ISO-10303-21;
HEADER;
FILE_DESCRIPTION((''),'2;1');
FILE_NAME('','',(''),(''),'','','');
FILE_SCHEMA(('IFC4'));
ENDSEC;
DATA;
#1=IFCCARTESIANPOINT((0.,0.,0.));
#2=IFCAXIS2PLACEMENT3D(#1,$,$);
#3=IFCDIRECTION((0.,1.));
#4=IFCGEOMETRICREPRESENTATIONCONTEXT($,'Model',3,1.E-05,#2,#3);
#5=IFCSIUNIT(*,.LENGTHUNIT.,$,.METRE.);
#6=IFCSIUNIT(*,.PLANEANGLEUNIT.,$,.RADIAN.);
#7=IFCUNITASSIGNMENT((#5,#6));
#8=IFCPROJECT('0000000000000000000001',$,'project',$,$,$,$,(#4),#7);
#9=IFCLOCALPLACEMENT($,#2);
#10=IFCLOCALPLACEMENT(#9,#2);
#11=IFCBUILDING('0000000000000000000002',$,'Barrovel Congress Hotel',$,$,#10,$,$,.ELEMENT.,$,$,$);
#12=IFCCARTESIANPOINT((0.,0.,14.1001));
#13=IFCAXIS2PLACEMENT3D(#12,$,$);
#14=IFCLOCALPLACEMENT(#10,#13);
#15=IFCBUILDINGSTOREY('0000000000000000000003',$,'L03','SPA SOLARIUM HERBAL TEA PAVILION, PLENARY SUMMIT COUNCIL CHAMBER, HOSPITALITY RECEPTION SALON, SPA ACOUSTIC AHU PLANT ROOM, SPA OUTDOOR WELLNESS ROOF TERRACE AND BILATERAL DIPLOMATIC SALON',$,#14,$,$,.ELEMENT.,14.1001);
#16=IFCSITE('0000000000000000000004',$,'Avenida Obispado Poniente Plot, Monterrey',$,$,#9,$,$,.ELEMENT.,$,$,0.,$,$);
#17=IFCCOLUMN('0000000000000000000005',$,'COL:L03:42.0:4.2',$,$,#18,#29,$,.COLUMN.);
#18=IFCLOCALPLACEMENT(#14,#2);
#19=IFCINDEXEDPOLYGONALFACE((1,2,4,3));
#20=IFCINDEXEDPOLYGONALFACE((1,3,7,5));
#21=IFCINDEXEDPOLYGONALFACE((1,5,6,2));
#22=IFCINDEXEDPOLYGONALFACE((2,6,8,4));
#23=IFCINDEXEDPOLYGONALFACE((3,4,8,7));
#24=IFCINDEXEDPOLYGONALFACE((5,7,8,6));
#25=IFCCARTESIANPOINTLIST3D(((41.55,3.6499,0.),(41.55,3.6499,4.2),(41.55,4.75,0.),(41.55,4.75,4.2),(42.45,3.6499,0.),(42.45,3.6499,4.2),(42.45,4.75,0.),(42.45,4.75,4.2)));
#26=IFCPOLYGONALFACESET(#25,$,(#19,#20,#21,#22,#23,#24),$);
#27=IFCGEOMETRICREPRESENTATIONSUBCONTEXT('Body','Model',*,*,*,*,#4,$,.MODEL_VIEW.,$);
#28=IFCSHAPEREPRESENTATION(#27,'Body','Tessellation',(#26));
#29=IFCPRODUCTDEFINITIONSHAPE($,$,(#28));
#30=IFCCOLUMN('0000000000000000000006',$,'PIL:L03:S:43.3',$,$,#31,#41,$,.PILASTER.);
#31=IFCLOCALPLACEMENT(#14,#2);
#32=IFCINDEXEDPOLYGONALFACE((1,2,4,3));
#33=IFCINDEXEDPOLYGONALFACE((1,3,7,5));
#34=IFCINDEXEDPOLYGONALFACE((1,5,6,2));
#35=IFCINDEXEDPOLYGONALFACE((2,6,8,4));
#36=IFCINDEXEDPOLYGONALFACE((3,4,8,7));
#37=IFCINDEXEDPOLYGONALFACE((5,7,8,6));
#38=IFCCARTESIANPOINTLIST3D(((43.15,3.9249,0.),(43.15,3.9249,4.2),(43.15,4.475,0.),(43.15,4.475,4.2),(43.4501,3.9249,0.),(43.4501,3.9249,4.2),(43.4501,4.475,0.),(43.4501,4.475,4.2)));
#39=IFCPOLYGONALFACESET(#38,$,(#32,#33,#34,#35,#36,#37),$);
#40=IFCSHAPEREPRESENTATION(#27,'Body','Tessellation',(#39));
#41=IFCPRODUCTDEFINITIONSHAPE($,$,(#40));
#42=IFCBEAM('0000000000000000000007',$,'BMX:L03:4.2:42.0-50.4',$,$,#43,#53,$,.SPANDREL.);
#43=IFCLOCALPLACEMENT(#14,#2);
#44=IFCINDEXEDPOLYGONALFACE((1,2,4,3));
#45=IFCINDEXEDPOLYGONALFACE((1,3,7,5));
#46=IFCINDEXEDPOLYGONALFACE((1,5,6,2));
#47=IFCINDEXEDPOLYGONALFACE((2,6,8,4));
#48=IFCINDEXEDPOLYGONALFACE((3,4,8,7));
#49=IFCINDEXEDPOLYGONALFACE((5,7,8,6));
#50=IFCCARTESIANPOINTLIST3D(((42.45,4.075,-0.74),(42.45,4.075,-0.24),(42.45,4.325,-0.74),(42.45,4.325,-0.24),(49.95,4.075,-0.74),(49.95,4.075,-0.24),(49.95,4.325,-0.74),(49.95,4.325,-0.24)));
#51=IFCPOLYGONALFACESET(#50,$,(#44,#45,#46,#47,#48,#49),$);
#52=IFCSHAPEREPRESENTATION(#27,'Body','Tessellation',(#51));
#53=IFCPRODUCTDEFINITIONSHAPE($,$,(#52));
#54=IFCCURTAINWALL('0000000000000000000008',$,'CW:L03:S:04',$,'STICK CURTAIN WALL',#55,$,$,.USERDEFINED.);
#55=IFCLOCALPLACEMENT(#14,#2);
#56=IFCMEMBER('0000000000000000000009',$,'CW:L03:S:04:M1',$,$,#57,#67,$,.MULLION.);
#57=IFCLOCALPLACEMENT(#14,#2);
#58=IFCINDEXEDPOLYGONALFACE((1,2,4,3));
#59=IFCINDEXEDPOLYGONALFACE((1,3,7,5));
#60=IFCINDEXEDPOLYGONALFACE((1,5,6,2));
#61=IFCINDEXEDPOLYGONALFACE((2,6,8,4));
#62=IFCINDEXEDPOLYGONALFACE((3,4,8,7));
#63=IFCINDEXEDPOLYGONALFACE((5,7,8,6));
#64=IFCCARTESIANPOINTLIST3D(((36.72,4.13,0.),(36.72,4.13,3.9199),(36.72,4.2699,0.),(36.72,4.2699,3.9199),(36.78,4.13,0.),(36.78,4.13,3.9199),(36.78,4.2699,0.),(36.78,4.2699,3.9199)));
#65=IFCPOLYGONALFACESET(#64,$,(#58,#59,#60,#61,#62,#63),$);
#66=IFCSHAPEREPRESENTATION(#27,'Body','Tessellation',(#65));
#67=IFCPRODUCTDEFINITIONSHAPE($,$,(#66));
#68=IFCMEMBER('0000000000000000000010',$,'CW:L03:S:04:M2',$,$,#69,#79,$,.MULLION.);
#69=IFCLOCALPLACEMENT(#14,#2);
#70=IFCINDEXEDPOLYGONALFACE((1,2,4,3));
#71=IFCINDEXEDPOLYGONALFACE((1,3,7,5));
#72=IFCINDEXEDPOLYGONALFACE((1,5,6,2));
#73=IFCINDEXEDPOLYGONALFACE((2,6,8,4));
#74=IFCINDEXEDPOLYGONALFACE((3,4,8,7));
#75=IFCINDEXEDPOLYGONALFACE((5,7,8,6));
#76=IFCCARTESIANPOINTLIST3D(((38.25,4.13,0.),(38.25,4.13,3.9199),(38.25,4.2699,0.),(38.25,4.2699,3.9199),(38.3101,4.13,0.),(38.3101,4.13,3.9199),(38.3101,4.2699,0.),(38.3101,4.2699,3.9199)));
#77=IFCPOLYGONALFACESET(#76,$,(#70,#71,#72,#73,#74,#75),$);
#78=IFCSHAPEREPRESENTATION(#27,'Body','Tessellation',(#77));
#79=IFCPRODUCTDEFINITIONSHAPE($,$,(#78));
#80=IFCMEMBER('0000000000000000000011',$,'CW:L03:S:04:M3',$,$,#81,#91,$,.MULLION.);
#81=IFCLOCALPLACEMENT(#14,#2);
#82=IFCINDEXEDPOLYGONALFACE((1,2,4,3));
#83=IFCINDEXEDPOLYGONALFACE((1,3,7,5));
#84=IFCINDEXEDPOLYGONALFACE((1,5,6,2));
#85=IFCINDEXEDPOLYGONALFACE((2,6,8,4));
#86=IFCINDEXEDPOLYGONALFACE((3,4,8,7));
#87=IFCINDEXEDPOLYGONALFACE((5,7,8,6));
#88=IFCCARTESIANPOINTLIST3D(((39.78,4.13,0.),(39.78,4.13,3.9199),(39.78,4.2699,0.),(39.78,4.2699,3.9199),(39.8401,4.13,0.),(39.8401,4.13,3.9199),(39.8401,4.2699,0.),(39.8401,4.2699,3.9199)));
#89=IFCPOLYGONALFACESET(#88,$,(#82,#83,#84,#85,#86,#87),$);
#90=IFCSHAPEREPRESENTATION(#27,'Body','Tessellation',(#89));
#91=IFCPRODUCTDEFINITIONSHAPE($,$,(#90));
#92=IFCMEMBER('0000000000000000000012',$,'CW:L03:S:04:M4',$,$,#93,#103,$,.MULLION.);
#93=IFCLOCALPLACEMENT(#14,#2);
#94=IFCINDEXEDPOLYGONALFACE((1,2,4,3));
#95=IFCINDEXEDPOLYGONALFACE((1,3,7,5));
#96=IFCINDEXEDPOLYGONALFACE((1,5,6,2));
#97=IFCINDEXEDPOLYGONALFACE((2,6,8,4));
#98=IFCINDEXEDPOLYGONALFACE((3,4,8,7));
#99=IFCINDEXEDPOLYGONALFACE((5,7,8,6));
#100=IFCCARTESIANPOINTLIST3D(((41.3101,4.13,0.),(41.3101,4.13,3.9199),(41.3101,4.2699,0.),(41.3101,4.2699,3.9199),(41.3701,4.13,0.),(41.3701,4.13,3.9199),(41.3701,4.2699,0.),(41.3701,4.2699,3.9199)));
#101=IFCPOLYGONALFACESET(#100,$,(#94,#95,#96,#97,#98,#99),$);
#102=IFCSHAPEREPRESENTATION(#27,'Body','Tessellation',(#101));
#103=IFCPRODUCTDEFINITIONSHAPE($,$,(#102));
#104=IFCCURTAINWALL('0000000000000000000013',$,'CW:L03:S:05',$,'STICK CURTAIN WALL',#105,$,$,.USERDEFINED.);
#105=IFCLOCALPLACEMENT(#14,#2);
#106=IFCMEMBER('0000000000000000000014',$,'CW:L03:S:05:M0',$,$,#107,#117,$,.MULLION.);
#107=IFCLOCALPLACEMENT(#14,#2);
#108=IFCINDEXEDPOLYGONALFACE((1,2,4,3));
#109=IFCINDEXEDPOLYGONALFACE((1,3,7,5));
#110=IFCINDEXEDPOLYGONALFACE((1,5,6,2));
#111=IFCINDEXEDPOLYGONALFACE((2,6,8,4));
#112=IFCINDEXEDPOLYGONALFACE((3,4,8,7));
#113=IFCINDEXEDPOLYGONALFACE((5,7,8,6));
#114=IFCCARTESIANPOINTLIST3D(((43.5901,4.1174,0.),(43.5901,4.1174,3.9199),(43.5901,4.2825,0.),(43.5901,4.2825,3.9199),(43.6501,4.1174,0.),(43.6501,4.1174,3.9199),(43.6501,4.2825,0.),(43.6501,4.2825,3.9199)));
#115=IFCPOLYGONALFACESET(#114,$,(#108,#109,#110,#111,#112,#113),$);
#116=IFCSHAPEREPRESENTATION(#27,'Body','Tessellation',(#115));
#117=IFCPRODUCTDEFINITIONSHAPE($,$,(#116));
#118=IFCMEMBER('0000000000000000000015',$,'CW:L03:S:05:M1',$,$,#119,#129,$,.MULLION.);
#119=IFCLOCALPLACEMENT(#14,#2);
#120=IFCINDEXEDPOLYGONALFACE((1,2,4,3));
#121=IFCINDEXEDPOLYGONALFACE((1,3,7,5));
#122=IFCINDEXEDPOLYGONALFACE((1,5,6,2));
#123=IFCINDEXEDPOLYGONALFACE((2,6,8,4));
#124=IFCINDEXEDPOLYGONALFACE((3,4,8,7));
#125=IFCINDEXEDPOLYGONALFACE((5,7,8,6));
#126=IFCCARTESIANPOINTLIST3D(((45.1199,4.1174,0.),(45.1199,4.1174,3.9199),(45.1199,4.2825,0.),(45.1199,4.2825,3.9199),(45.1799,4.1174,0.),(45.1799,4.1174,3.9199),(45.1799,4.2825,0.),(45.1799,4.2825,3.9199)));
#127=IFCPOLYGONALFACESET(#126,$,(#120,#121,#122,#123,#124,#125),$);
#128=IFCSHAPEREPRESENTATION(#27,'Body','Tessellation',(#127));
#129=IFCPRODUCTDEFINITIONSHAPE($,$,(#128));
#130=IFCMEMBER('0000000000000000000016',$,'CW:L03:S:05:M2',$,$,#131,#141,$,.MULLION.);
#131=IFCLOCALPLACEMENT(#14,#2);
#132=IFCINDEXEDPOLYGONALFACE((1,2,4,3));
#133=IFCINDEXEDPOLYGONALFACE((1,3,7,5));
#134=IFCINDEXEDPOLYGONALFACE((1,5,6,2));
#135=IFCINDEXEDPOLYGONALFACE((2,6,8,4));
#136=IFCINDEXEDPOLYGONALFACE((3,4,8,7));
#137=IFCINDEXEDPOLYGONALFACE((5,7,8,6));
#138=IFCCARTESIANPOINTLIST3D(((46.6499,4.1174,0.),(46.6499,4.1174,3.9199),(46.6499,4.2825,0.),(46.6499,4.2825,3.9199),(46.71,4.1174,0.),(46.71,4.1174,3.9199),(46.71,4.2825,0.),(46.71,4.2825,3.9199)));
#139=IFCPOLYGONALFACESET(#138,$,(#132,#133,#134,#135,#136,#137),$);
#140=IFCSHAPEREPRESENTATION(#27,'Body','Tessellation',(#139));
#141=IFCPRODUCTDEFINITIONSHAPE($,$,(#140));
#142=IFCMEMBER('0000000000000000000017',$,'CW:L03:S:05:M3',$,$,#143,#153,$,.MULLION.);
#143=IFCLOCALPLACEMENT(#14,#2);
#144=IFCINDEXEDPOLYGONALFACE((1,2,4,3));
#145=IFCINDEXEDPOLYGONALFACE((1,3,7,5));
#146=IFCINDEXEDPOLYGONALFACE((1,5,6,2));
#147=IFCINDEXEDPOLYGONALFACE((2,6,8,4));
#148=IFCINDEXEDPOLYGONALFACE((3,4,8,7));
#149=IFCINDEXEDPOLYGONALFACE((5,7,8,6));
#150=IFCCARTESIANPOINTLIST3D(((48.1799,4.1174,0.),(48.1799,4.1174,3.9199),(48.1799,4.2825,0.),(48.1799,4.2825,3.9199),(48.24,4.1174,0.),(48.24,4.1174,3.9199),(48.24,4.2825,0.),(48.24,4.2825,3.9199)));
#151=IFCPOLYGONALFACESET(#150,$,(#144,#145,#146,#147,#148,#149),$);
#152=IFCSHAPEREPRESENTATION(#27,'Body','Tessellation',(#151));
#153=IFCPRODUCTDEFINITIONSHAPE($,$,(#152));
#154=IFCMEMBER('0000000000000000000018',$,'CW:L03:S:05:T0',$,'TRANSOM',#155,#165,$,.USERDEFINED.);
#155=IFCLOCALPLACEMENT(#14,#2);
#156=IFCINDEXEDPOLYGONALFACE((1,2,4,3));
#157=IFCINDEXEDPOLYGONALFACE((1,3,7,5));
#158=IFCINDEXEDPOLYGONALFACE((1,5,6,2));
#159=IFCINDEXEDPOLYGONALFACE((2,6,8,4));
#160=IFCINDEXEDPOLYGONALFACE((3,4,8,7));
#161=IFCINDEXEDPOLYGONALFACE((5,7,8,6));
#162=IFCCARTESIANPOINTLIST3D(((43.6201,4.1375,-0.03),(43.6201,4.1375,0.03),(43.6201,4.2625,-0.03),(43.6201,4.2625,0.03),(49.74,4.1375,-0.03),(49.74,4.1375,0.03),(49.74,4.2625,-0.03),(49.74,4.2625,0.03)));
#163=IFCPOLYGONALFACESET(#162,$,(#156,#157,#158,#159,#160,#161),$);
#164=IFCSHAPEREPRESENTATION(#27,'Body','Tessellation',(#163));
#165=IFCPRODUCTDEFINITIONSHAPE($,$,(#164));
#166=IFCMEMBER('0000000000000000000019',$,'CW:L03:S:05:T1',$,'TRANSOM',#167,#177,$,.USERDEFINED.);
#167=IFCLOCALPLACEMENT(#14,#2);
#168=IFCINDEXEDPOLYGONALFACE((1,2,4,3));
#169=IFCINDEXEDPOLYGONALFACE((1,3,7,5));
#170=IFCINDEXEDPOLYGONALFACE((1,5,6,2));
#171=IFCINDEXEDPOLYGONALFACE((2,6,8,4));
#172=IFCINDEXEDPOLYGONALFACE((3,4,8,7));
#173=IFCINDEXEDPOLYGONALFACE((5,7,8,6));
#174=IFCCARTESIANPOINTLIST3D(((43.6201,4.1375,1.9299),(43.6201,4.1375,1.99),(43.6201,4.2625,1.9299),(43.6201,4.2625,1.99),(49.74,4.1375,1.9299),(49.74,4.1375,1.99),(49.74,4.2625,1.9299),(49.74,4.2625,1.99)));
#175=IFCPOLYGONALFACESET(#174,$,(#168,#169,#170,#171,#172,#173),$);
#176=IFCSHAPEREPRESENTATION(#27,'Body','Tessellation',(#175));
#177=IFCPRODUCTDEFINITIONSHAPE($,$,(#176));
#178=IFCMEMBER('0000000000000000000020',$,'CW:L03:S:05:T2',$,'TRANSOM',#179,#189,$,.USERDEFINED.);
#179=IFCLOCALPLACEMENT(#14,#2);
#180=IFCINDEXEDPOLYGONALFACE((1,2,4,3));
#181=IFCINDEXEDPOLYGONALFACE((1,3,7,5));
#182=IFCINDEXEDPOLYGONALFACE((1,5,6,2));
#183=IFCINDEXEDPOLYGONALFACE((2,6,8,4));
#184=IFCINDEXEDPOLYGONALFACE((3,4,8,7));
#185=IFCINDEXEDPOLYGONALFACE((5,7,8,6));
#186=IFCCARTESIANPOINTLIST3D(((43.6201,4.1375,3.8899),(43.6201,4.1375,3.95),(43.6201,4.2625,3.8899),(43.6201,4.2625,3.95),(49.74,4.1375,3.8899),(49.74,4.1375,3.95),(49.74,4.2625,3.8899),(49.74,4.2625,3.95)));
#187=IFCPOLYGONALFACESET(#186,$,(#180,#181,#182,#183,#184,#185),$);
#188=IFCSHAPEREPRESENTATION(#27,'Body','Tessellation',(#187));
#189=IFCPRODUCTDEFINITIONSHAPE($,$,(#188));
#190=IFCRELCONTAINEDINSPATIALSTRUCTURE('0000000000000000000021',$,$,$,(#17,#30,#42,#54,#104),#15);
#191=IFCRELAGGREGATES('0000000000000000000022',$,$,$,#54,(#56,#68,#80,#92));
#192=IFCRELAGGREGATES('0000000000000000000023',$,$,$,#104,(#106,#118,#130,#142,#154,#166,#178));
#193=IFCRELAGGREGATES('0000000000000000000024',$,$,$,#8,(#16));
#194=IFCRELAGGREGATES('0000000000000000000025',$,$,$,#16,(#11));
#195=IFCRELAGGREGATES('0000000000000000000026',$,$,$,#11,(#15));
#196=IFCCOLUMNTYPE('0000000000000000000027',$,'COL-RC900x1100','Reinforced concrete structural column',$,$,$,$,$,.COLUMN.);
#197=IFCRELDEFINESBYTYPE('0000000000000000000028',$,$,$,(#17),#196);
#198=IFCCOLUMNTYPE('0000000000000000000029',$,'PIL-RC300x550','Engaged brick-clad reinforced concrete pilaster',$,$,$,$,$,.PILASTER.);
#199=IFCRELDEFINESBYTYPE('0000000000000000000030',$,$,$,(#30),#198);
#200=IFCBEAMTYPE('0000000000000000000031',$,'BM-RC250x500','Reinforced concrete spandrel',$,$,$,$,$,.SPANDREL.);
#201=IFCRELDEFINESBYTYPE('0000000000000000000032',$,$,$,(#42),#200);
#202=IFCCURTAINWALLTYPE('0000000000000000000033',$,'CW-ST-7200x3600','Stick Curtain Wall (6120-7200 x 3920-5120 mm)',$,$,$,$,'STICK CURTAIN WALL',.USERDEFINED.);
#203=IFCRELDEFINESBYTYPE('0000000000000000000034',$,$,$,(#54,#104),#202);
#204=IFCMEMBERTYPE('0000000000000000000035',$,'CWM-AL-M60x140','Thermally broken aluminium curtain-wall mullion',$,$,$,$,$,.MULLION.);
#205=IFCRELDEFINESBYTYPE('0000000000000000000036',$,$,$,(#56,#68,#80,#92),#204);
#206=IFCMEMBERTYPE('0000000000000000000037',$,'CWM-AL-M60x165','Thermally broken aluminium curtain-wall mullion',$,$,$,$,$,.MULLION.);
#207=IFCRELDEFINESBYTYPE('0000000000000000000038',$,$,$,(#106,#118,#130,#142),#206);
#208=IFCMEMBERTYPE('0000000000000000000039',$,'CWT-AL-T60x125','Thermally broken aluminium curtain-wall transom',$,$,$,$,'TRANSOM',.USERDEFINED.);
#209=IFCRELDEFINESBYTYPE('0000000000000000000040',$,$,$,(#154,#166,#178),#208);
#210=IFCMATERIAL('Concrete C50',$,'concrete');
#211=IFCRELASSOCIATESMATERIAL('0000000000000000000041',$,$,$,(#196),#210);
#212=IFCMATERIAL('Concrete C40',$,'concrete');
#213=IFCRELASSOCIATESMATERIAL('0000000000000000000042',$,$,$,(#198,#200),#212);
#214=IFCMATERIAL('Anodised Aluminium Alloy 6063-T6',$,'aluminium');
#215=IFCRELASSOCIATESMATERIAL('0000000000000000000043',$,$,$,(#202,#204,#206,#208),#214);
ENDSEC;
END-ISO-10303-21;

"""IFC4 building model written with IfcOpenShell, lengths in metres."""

from ifc_helpers import new_model, si_unit, direction, frame, origin, origin_2d, place, context, subcontext, project, spatial, rectangle, extrude, material, material_profile, profile_set, type_object, element, aggregate, save


model = new_model("IFC4")

# Units and contexts
model_context = context("Model", 3, precision=1e-05, world=origin(), true_north=direction((0.0, 1.0)))
body_context = subcontext(model_context, "Body", "Model", "MODEL_VIEW")
ifc_project = project(units=[si_unit("LENGTHUNIT", "METRE"), si_unit("PLANEANGLEUNIT", "RADIAN")], contexts=[model_context])

# Site, building, storey
site_placement = place(None, origin())
site = spatial("IfcSite", under=ifc_project, at=site_placement, Name="Avenida Obispado Poniente Plot, Monterrey", CompositionType="ELEMENT", RefElevation=0.0)
building_placement = place(site_placement, origin())
building = spatial("IfcBuilding", under=site, at=building_placement, Name="Barrovel Congress Hotel", CompositionType="ELEMENT")
storey_placement = place(building_placement, frame((0.0, 0.0, 14.1001)))
storey = spatial("IfcBuildingStorey", under=building, at=storey_placement, Name="L03", Description="SPA SOLARIUM HERBAL TEA PAVILION, PLENARY SUMMIT COUNCIL CHAMBER, HOSPITALITY RECEPTION SALON, SPA ACOUSTIC AHU PLANT ROOM, SPA OUTDOOR WELLNESS ROOF TERRACE AND BILATERAL DIPLOMATIC SALON", CompositionType="ELEMENT", Elevation=14.1001)

# Columns
ifc_material_1 = material(Name="Concrete C50", Category="concrete")
ifc_material_profile_1 = material_profile(ifc_material_1, rectangle(XDim=0.8999, YDim=1.1001, at=origin_2d()), Name="RC900x1100")
ifc_profile_set_1 = profile_set([ifc_material_profile_1], Name="Concrete C50")
column_type_1 = type_object("IfcColumnType", Name="COL-RC900x1100", Description="Reinforced concrete structural column", PredefinedType="COLUMN", material=ifc_profile_set_1)
column_1_placement = place(storey_placement, frame((42.0, 4.2, 0.0), z_axis=(0.0, 0.0, 1.0), x_axis=(1.0, 0.0, 0.0)))
element("IfcColumn", 1, at=column_1_placement, inside=storey, type_object=column_type_1, Name="COL:L03:42.0:4.2", PredefinedType="COLUMN", context=body_context, shape_type="SweptSolid", body=[
    extrude(rectangle(XDim=0.8999, YDim=1.1001, at=origin_2d()), origin(), (0.0, 0.0, 1.0), 4.2),
])
ifc_material_2 = material(Name="Concrete C40", Category="concrete")
ifc_material_profile_2 = material_profile(ifc_material_2, rectangle(XDim=0.3, YDim=0.55, at=origin_2d()), Name="RC300x550")
ifc_profile_set_2 = profile_set([ifc_material_profile_2], Name="Concrete C40")
column_type_2 = type_object("IfcColumnType", Name="PIL-RC300x550", Description="Engaged brick-clad reinforced concrete pilaster", PredefinedType="PILASTER", material=ifc_profile_set_2)
column_2_placement = place(storey_placement, frame((43.3, 4.2, 0.0), z_axis=(0.0, 0.0, 1.0), x_axis=(1.0, 0.0, 0.0)))
element("IfcColumn", 2, at=column_2_placement, inside=storey, type_object=column_type_2, Name="PIL:L03:S:43.3", PredefinedType="PILASTER", context=body_context, shape_type="SweptSolid", body=[
    extrude(rectangle(XDim=0.3, YDim=0.55, at=origin_2d()), origin(), (0.0, 0.0, 1.0), 4.2),
])

# Beam
ifc_material_profile_3 = material_profile(ifc_material_2, rectangle(XDim=0.25, YDim=0.5, at=origin_2d()), Name="RC250x500")
ifc_profile_set_3 = profile_set([ifc_material_profile_3], Name="Concrete C40")
beam_type = type_object("IfcBeamType", Name="BM-RC250x500", Description="Reinforced concrete spandrel", PredefinedType="SPANDREL", material=ifc_profile_set_3)
beam_placement = place(storey_placement, frame((42.45, 4.2, -0.49), z_axis=(1.0, 0.0, 0.0), x_axis=(0.0, 1.0, 0.0)))
element("IfcBeam", 3, at=beam_placement, inside=storey, type_object=beam_type, Name="BMX:L03:4.2:42.0-50.4", PredefinedType="SPANDREL", context=body_context, shape_type="SweptSolid", body=[
    extrude(rectangle(XDim=0.25, YDim=0.5, at=origin_2d()), origin(), (0.0, 0.0, 1.0), 7.5),
])

# Curtain walls, members
ifc_material_3 = material(Name="Anodised Aluminium Alloy 6063-T6", Category="aluminium")
curtain_wall_type = type_object("IfcCurtainWallType", Name="CW-ST-7200x3600", Description="Stick Curtain Wall (6120-7200 x 3920-5120 mm)", ElementType="STICK CURTAIN WALL", PredefinedType="USERDEFINED", material=ifc_material_3)
curtain_wall_1_placement = place(storey_placement, origin())
curtain_wall_1 = element("IfcCurtainWall", 4, at=curtain_wall_1_placement, inside=storey, type_object=curtain_wall_type, Name="CW:L03:S:04", ObjectType="STICK CURTAIN WALL", PredefinedType="USERDEFINED")
ifc_material_profile_4 = material_profile(ifc_material_3, rectangle(XDim=0.0601, YDim=0.1399, at=origin_2d()), Name="AL-M60x140")
ifc_profile_set_4 = profile_set([ifc_material_profile_4], Name="Anodised Aluminium Alloy 6063-T6")
member_type_1 = type_object("IfcMemberType", Name="CWM-AL-M60x140", Description="Thermally broken aluminium curtain-wall mullion", PredefinedType="MULLION", material=ifc_profile_set_4)
member_1_placement = place(storey_placement, frame((36.75, 4.2, 0.0), z_axis=(0.0, 0.0, 1.0), x_axis=(1.0, 0.0, 0.0)))
member_1 = element("IfcMember", 5, at=member_1_placement, type_object=member_type_1, Name="CW:L03:S:04:M1", PredefinedType="MULLION", context=body_context, shape_type="SweptSolid", body=[
    extrude(rectangle(XDim=0.0601, YDim=0.1399, at=origin_2d()), origin(), (0.0, 0.0, 1.0), 3.9199),
])
member_2_placement = place(storey_placement, frame((38.28, 4.2, 0.0), z_axis=(0.0, 0.0, 1.0), x_axis=(1.0, 0.0, 0.0)))
member_2 = element("IfcMember", 6, at=member_2_placement, type_object=member_type_1, Name="CW:L03:S:04:M2", PredefinedType="MULLION", context=body_context, shape_type="SweptSolid", body=[
    extrude(rectangle(XDim=0.0601, YDim=0.1399, at=origin_2d()), origin(), (0.0, 0.0, 1.0), 3.9199),
])
member_3_placement = place(storey_placement, frame((39.8101, 4.2, 0.0), z_axis=(0.0, 0.0, 1.0), x_axis=(1.0, 0.0, 0.0)))
member_3 = element("IfcMember", 7, at=member_3_placement, type_object=member_type_1, Name="CW:L03:S:04:M3", PredefinedType="MULLION", context=body_context, shape_type="SweptSolid", body=[
    extrude(rectangle(XDim=0.0601, YDim=0.1399, at=origin_2d()), origin(), (0.0, 0.0, 1.0), 3.9199),
])
member_4_placement = place(storey_placement, frame((41.3401, 4.2, 0.0), z_axis=(0.0, 0.0, 1.0), x_axis=(1.0, 0.0, 0.0)))
member_4 = element("IfcMember", 8, at=member_4_placement, type_object=member_type_1, Name="CW:L03:S:04:M4", PredefinedType="MULLION", context=body_context, shape_type="SweptSolid", body=[
    extrude(rectangle(XDim=0.0601, YDim=0.1399, at=origin_2d()), origin(), (0.0, 0.0, 1.0), 3.9199),
])
curtain_wall_2_placement = place(storey_placement, origin())
curtain_wall_2 = element("IfcCurtainWall", 9, at=curtain_wall_2_placement, inside=storey, type_object=curtain_wall_type, Name="CW:L03:S:05", ObjectType="STICK CURTAIN WALL", PredefinedType="USERDEFINED")
ifc_material_profile_5 = material_profile(ifc_material_3, rectangle(XDim=0.0601, YDim=0.165, at=origin_2d()), Name="AL-M60x165")
ifc_profile_set_5 = profile_set([ifc_material_profile_5], Name="Anodised Aluminium Alloy 6063-T6")
member_type_2 = type_object("IfcMemberType", Name="CWM-AL-M60x165", Description="Thermally broken aluminium curtain-wall mullion", PredefinedType="MULLION", material=ifc_profile_set_5)
member_5_placement = place(storey_placement, frame((43.6201, 4.2, 0.0), z_axis=(0.0, 0.0, 1.0), x_axis=(1.0, 0.0, 0.0)))
member_5 = element("IfcMember", 10, at=member_5_placement, type_object=member_type_2, Name="CW:L03:S:05:M0", PredefinedType="MULLION", context=body_context, shape_type="SweptSolid", body=[
    extrude(rectangle(XDim=0.0601, YDim=0.165, at=origin_2d()), origin(), (0.0, 0.0, 1.0), 3.9199),
])
member_6_placement = place(storey_placement, frame((45.1499, 4.2, 0.0), z_axis=(0.0, 0.0, 1.0), x_axis=(1.0, 0.0, 0.0)))
member_6 = element("IfcMember", 11, at=member_6_placement, type_object=member_type_2, Name="CW:L03:S:05:M1", PredefinedType="MULLION", context=body_context, shape_type="SweptSolid", body=[
    extrude(rectangle(XDim=0.0601, YDim=0.165, at=origin_2d()), origin(), (0.0, 0.0, 1.0), 3.9199),
])
member_7_placement = place(storey_placement, frame((46.6799, 4.2, 0.0), z_axis=(0.0, 0.0, 1.0), x_axis=(1.0, 0.0, 0.0)))
member_7 = element("IfcMember", 12, at=member_7_placement, type_object=member_type_2, Name="CW:L03:S:05:M2", PredefinedType="MULLION", context=body_context, shape_type="SweptSolid", body=[
    extrude(rectangle(XDim=0.0601, YDim=0.165, at=origin_2d()), origin(), (0.0, 0.0, 1.0), 3.9199),
])
member_8_placement = place(storey_placement, frame((48.21, 4.2, 0.0), z_axis=(0.0, 0.0, 1.0), x_axis=(1.0, 0.0, 0.0)))
member_8 = element("IfcMember", 13, at=member_8_placement, type_object=member_type_2, Name="CW:L03:S:05:M3", PredefinedType="MULLION", context=body_context, shape_type="SweptSolid", body=[
    extrude(rectangle(XDim=0.0601, YDim=0.165, at=origin_2d()), origin(), (0.0, 0.0, 1.0), 3.9199),
])
ifc_material_profile_6 = material_profile(ifc_material_3, rectangle(XDim=0.125, YDim=0.0601, at=origin_2d()), Name="AL-T60x125")
ifc_profile_set_6 = profile_set([ifc_material_profile_6], Name="Anodised Aluminium Alloy 6063-T6")
member_type_3 = type_object("IfcMemberType", Name="CWT-AL-T60x125", Description="Thermally broken aluminium curtain-wall transom", ElementType="TRANSOM", PredefinedType="USERDEFINED", material=ifc_profile_set_6)
member_9_placement = place(storey_placement, frame((43.6201, 4.2, 0.0), z_axis=(1.0, 0.0, 0.0), x_axis=(0.0, 1.0, 0.0)))
member_9 = element("IfcMember", 14, at=member_9_placement, type_object=member_type_3, Name="CW:L03:S:05:T0", ObjectType="TRANSOM", PredefinedType="USERDEFINED", context=body_context, shape_type="SweptSolid", body=[
    extrude(rectangle(XDim=0.125, YDim=0.0601, at=origin_2d()), origin(), (0.0, 0.0, 1.0), 6.1199),
])
member_10_placement = place(storey_placement, frame((43.6201, 4.2, 1.96), z_axis=(1.0, 0.0, 0.0), x_axis=(0.0, 1.0, 0.0)))
member_10 = element("IfcMember", 15, at=member_10_placement, type_object=member_type_3, Name="CW:L03:S:05:T1", ObjectType="TRANSOM", PredefinedType="USERDEFINED", context=body_context, shape_type="SweptSolid", body=[
    extrude(rectangle(XDim=0.125, YDim=0.0601, at=origin_2d()), origin(), (0.0, 0.0, 1.0), 6.1199),
])
member_11_placement = place(storey_placement, frame((43.6201, 4.2, 3.9199), z_axis=(1.0, 0.0, 0.0), x_axis=(0.0, 1.0, 0.0)))
member_11 = element("IfcMember", 16, at=member_11_placement, type_object=member_type_3, Name="CW:L03:S:05:T2", ObjectType="TRANSOM", PredefinedType="USERDEFINED", context=body_context, shape_type="SweptSolid", body=[
    extrude(rectangle(XDim=0.125, YDim=0.0601, at=origin_2d()), origin(), (0.0, 0.0, 1.0), 6.1199),
])

aggregate(curtain_wall_1, [member_1, member_2, member_3, member_4])
aggregate(curtain_wall_2, [member_5, member_6, member_7, member_8, member_9, member_10, member_11])

save(model, "model.ifc")
